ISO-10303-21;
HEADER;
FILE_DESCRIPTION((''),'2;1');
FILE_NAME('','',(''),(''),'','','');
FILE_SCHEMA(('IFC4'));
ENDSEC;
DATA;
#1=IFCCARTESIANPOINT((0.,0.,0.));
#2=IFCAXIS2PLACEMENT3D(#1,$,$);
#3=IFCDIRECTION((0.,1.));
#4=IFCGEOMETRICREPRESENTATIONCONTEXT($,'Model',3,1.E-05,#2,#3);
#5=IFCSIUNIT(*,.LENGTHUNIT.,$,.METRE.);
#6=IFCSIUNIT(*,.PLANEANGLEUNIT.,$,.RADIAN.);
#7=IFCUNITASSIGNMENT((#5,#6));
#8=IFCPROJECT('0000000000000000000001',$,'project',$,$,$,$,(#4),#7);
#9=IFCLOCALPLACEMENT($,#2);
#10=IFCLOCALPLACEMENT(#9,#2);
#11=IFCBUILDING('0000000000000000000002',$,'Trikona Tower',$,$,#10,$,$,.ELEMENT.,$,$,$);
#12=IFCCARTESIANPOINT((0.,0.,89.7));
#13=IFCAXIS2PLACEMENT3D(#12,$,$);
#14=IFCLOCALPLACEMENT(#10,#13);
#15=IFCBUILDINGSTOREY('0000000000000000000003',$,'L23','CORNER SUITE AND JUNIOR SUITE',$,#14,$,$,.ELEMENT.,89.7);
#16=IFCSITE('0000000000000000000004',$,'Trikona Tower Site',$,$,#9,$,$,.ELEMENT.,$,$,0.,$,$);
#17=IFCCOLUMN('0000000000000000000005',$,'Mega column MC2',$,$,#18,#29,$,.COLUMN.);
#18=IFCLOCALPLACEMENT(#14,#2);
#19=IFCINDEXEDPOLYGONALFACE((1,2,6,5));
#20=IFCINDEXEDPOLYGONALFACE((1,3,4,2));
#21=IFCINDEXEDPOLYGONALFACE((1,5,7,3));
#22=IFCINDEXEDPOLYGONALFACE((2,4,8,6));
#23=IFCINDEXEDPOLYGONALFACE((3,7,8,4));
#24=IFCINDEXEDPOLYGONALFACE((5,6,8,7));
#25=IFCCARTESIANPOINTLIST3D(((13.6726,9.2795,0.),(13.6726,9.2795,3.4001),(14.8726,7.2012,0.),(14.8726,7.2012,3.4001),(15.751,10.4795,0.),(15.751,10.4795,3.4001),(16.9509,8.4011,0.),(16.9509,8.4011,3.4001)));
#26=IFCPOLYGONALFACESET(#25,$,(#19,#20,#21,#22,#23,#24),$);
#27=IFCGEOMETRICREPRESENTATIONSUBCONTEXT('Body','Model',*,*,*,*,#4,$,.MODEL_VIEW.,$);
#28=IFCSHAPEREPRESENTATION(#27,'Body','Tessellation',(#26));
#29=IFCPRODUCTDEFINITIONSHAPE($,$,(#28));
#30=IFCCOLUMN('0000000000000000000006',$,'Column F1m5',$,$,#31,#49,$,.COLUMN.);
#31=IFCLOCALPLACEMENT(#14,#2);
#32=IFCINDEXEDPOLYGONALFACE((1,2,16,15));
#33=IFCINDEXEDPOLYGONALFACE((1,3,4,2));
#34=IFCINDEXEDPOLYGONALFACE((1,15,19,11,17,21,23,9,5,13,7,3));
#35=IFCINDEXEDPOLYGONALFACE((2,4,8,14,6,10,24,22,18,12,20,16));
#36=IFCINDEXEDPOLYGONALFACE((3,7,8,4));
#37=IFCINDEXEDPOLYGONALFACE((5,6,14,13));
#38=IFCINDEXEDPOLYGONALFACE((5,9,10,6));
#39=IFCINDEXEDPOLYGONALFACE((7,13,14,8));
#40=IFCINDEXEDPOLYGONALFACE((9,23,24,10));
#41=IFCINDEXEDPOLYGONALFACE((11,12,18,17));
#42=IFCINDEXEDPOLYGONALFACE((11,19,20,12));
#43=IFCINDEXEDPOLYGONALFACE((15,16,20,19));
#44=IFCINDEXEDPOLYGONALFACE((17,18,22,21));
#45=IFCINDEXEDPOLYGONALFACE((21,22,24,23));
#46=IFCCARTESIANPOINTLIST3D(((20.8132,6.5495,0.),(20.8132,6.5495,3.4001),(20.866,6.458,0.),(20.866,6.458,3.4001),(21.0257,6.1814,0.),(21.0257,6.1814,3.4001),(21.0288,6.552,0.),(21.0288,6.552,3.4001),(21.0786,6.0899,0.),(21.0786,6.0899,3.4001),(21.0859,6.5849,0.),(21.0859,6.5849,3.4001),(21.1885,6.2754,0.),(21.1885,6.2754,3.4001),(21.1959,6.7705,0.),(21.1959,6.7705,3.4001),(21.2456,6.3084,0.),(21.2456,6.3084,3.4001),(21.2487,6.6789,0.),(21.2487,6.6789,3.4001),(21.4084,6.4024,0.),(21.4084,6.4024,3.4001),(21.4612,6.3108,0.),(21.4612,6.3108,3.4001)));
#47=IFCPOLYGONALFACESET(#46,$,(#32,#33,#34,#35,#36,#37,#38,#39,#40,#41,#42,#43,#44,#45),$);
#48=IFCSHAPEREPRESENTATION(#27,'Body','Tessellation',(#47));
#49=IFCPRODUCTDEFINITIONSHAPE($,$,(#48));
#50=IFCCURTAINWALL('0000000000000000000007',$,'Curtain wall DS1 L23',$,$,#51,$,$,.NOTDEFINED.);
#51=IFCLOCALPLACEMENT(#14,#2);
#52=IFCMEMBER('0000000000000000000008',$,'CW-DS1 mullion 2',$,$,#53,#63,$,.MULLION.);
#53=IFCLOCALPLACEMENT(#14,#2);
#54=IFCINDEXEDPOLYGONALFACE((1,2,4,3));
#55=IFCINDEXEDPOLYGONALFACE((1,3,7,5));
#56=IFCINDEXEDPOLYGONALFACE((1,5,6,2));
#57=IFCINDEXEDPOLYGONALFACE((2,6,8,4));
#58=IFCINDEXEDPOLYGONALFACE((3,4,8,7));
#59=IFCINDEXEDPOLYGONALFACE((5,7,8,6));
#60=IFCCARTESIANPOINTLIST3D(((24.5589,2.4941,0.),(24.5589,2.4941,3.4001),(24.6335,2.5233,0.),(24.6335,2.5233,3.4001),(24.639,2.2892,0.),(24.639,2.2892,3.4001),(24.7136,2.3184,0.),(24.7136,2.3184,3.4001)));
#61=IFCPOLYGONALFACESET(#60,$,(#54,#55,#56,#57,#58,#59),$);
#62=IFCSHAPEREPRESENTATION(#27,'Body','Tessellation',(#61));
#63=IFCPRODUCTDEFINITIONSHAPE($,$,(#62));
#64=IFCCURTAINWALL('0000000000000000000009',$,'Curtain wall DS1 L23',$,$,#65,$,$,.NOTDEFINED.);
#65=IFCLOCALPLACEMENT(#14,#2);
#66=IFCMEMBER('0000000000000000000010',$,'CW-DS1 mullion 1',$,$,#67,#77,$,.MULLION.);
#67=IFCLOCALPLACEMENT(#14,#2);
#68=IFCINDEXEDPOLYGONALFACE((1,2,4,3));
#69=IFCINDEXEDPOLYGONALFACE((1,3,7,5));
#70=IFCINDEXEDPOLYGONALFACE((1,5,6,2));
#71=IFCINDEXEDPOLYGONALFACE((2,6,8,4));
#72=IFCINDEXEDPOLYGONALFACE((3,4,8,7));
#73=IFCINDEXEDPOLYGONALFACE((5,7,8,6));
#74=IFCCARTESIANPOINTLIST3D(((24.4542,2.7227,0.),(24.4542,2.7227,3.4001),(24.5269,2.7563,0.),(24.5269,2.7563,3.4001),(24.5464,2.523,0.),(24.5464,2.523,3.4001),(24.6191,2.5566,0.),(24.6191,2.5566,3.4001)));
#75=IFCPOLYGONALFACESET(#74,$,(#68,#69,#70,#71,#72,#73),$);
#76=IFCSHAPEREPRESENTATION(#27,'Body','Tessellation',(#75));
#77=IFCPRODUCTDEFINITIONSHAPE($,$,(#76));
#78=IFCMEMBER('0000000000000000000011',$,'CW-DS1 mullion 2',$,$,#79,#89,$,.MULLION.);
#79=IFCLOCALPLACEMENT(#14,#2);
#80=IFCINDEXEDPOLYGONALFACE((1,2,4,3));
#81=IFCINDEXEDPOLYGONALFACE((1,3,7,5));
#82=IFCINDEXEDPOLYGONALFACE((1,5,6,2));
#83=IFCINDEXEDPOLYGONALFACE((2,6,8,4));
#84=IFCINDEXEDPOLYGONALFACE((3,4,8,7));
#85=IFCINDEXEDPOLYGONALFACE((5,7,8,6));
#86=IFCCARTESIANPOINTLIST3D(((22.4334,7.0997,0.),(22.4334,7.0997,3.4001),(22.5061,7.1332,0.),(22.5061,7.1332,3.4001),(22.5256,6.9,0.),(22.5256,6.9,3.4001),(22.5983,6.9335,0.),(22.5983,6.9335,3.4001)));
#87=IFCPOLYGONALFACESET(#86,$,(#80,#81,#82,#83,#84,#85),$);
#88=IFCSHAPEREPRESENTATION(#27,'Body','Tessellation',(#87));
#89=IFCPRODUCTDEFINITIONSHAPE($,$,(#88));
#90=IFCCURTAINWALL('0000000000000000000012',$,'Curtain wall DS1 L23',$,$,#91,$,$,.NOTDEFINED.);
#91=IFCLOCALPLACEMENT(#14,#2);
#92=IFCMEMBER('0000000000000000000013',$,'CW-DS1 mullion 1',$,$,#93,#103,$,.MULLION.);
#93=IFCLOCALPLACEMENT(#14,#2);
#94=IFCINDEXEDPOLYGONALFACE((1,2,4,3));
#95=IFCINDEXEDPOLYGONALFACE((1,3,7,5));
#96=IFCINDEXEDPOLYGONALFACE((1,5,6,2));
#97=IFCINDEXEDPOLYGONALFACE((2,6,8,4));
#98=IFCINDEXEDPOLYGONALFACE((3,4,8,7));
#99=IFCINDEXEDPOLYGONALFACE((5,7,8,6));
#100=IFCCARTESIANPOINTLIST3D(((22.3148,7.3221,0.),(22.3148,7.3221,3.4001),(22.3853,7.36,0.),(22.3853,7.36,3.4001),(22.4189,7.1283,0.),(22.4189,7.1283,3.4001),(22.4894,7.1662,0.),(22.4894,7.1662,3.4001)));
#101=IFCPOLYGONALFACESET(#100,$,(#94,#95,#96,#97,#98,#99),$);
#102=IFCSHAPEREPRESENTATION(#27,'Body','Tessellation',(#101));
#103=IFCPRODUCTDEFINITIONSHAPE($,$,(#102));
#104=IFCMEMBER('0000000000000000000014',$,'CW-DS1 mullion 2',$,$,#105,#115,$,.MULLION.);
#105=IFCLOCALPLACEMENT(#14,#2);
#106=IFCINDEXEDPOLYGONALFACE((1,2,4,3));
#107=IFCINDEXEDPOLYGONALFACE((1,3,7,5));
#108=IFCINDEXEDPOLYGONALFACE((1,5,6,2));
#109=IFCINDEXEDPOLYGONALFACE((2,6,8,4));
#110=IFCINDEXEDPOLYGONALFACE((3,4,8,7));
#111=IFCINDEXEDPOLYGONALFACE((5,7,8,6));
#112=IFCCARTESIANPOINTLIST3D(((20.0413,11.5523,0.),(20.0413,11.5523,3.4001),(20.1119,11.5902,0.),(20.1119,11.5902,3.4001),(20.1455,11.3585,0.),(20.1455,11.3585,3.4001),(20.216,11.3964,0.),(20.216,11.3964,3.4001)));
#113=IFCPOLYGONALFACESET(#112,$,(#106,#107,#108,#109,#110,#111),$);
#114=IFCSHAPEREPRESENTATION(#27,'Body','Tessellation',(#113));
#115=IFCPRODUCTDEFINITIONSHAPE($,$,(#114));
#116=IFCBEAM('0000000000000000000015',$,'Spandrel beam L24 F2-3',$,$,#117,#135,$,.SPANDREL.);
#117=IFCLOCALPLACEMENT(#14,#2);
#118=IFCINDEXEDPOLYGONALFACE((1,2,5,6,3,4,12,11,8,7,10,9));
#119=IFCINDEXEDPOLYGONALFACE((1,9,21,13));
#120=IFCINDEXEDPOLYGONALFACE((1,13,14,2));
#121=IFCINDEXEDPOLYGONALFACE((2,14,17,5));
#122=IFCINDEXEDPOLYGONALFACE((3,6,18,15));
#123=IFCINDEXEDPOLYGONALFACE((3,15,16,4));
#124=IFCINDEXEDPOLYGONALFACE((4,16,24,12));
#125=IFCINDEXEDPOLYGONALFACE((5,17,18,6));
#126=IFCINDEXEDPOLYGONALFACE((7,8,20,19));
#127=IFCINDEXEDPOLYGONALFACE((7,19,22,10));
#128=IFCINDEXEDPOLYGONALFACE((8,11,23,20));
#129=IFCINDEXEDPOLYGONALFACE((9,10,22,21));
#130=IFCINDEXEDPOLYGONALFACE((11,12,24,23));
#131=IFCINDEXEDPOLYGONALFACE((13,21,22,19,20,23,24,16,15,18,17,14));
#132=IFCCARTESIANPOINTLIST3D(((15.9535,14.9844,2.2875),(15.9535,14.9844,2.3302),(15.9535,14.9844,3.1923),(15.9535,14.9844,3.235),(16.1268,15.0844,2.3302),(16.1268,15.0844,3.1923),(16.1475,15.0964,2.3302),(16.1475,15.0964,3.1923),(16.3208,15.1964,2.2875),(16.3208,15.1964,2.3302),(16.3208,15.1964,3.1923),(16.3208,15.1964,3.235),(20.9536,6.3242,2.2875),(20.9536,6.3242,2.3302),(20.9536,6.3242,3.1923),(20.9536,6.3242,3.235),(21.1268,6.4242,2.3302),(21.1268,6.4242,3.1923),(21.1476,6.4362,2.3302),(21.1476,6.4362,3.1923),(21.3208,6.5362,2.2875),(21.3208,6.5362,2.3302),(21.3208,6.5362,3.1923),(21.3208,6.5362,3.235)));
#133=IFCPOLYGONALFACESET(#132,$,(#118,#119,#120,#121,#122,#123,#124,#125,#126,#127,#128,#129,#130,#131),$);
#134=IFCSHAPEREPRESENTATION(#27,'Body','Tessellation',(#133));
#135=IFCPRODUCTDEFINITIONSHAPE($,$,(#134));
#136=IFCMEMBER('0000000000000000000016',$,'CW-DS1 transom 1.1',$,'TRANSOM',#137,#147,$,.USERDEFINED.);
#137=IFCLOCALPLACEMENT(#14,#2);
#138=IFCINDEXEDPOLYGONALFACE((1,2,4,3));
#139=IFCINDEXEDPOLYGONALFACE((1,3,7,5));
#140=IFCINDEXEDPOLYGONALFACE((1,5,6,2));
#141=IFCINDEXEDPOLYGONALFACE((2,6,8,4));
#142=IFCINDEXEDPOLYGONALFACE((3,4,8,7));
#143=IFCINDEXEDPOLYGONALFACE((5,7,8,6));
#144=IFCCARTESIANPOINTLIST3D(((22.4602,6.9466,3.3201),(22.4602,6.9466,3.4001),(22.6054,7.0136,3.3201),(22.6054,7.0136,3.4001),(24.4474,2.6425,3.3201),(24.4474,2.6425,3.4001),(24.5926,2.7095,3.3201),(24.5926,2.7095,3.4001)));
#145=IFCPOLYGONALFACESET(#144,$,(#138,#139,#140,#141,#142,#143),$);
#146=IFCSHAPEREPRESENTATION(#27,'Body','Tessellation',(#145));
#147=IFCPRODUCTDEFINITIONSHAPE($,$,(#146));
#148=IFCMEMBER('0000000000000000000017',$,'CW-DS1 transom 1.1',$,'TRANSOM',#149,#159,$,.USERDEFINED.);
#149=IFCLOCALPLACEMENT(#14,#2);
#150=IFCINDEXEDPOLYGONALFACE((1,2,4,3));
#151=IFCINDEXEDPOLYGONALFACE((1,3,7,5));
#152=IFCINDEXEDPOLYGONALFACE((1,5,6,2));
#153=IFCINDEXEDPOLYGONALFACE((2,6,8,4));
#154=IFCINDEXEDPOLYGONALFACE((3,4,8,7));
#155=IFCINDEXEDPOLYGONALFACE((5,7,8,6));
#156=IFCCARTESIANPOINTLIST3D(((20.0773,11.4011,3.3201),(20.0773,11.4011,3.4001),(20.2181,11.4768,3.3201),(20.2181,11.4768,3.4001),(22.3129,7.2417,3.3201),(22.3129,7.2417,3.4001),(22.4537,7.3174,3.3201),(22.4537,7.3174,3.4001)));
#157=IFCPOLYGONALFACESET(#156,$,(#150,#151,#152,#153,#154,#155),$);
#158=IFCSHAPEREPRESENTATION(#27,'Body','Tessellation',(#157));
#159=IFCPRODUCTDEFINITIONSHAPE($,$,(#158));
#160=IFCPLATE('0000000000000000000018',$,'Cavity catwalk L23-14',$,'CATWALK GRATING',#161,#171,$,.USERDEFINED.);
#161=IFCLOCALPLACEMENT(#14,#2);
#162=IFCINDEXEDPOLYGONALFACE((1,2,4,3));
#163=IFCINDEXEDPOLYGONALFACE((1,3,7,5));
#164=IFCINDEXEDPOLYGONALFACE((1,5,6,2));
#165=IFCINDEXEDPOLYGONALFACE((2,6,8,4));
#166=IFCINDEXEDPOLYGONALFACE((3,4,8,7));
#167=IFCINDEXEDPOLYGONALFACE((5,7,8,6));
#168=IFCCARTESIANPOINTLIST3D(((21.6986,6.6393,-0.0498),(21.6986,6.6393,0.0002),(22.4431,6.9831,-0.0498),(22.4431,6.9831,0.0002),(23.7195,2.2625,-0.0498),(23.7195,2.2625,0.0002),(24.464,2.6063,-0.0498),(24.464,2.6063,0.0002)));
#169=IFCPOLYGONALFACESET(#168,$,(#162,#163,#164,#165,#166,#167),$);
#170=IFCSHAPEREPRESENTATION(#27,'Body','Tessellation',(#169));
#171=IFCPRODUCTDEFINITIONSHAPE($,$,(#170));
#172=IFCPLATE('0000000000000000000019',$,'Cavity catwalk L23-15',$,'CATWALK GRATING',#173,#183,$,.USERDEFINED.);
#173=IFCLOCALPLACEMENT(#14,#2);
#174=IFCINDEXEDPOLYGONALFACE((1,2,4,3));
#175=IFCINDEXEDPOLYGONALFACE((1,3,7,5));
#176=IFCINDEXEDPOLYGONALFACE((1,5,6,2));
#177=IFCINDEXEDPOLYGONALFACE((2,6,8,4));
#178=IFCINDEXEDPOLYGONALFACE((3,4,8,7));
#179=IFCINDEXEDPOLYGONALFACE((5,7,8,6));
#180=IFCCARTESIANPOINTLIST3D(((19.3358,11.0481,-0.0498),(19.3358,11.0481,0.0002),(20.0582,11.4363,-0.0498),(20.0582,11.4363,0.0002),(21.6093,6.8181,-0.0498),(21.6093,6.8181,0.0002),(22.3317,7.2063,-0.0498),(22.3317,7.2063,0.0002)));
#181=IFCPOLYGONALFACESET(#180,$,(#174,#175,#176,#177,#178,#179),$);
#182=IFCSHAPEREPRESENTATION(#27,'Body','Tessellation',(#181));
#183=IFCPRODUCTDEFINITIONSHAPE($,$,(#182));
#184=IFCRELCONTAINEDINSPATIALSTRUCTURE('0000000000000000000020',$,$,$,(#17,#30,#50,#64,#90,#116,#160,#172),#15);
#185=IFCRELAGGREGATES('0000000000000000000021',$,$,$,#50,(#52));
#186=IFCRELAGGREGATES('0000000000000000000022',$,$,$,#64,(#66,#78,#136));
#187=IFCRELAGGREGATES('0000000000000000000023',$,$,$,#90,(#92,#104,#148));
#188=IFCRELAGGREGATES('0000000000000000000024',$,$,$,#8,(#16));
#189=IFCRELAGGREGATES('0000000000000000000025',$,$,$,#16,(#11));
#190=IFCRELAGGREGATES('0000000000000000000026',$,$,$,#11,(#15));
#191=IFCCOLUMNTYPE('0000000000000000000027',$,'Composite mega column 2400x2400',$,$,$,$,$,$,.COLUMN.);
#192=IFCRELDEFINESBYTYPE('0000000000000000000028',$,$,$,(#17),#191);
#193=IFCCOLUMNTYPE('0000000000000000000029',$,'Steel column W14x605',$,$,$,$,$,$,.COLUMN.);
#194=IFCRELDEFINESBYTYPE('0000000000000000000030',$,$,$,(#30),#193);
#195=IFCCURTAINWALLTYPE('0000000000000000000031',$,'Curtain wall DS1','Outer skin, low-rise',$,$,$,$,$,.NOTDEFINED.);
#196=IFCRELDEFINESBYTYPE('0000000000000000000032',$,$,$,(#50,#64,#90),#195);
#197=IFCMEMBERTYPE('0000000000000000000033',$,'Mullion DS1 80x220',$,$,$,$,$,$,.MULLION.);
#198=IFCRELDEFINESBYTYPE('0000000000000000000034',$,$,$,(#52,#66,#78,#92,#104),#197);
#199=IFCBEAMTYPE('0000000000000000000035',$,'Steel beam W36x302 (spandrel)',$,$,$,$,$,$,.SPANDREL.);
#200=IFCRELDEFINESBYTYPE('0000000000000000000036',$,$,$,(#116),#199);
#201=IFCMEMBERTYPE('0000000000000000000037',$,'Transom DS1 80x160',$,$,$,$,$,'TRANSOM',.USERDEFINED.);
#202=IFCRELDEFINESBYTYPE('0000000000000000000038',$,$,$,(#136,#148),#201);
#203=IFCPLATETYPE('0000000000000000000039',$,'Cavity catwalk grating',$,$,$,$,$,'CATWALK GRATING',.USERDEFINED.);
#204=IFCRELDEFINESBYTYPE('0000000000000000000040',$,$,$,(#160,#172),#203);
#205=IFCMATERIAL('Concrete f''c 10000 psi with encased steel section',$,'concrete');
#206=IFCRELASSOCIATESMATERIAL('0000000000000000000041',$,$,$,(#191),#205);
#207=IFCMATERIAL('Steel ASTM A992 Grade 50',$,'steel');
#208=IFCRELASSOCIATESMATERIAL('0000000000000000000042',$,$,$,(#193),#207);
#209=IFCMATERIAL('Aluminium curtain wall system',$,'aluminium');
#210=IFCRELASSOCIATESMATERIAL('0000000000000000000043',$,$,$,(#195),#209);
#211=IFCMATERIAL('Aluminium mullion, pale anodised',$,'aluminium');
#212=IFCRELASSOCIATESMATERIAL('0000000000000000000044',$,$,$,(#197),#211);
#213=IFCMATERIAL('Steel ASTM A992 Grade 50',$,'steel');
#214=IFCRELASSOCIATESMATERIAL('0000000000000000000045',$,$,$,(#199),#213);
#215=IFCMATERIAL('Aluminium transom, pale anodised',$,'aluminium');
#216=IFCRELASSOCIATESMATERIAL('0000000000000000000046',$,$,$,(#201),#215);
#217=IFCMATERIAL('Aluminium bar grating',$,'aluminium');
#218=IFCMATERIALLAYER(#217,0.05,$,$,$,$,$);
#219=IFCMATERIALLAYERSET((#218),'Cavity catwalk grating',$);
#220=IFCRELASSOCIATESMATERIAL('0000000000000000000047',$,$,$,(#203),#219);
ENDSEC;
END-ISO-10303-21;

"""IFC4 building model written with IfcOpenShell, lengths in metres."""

from ifc_helpers import new_model, si_unit, direction, frame, origin, origin_2d, place, context, subcontext, project, spatial, rectangle, i_section, extrude, material, layer, layer_set, material_profile, profile_set, type_object, element, aggregate, save


model = new_model("IFC4")

# Units and contexts
model_context = context("Model", 3, precision=1e-05, world=origin(), true_north=direction((0.0, 1.0)))
body_context = subcontext(model_context, "Body", "Model", "MODEL_VIEW")
ifc_project = project(units=[si_unit("LENGTHUNIT", "METRE"), si_unit("PLANEANGLEUNIT", "RADIAN")], contexts=[model_context])

# Site, building, storey
site_placement = place(None, origin())
site = spatial("IfcSite", under=ifc_project, at=site_placement, Name="Trikona Tower Site", CompositionType="ELEMENT", RefElevation=0.0)
building_placement = place(site_placement, origin())
building = spatial("IfcBuilding", under=site, at=building_placement, Name="Trikona Tower", CompositionType="ELEMENT")
storey_placement = place(building_placement, frame((0.0, 0.0, 89.7)))
storey = spatial("IfcBuildingStorey", under=building, at=storey_placement, Name="L23", Description="CORNER SUITE AND JUNIOR SUITE", CompositionType="ELEMENT", Elevation=89.7)

# Columns
ifc_material_1 = material(Name="Concrete f'c 10000 psi with encased steel section", Category="concrete")
ifc_material_profile_1 = material_profile(ifc_material_1, rectangle(XDim=2.3999, YDim=2.3999, at=origin_2d()), Name="MC2400")
ifc_profile_set_1 = profile_set([ifc_material_profile_1], Name="Concrete f'c 10000 psi with encased steel section")
column_type_1 = type_object("IfcColumnType", Name="Composite mega column 2400x2400", PredefinedType="COLUMN", material=ifc_profile_set_1)
column_1_placement = place(storey_placement, frame((15.3118, 8.8403, 0.0), z_axis=(0.0, 0.0, 1.0), x_axis=(0.866025, 0.5, 0.0)))
element("IfcColumn", 1, at=column_1_placement, inside=storey, type_object=column_type_1, Name="Mega column MC2", PredefinedType="COLUMN", context=body_context, shape_type="SweptSolid", body=[
    extrude(rectangle(XDim=2.3999, YDim=2.3999, at=origin_2d()), origin(), (0.0, 0.0, 1.0), 3.4001),
])
ifc_material_2 = material(Name="Steel ASTM A992 Grade 50", Category="steel")
ifc_material_profile_2 = material_profile(ifc_material_2, i_section(OverallWidth=0.4419, OverallDepth=0.5308, WebThickness=0.0659, FlangeThickness=0.1057, at=origin_2d()), Name="W14X605")
ifc_profile_set_2 = profile_set([ifc_material_profile_2], Name="Steel ASTM A992 Grade 50")
column_type_2 = type_object("IfcColumnType", Name="Steel column W14x605", PredefinedType="COLUMN", material=ifc_profile_set_2)
column_2_placement = place(storey_placement, frame((21.1372, 6.4302, 0.0), z_axis=(0.0, 0.0, 1.0), x_axis=(0.866025, 0.5, 0.0)))
element("IfcColumn", 2, at=column_2_placement, inside=storey, type_object=column_type_2, Name="Column F1m5", PredefinedType="COLUMN", context=body_context, shape_type="SweptSolid", body=[
    extrude(i_section(OverallWidth=0.4419, OverallDepth=0.5308, WebThickness=0.0659, FlangeThickness=0.1057, at=origin_2d()), origin(), (0.0, 0.0, 1.0), 3.4001),
])

# Curtain wall, member
ifc_material_3 = material(Name="Aluminium curtain wall system", Category="aluminium")
curtain_wall_type = type_object("IfcCurtainWallType", Name="Curtain wall DS1", Description="Outer skin, low-rise", PredefinedType="NOTDEFINED", material=ifc_material_3)
curtain_wall_1_placement = place(storey_placement, origin())
curtain_wall_1 = element("IfcCurtainWall", 3, at=curtain_wall_1_placement, inside=storey, type_object=curtain_wall_type, Name="Curtain wall DS1 L23", PredefinedType="NOTDEFINED")
ifc_material_4 = material(Name="Aluminium mullion, pale anodised", Category="aluminium")
ifc_material_profile_3 = material_profile(ifc_material_4, rectangle(XDim=0.0801, YDim=0.22, at=origin_2d()), Name="MUL-DS1")
ifc_profile_set_3 = profile_set([ifc_material_profile_3], Name="Aluminium mullion, pale anodised")
member_type_1 = type_object("IfcMemberType", Name="Mullion DS1 80x220", PredefinedType="MULLION", material=ifc_profile_set_3)
member_1_placement = place(storey_placement, frame((24.6362, 2.4062, 0.0), z_axis=(0.0, 0.0, 1.0), x_axis=(-0.931396, -0.364008, 0.0)))
member_1 = element("IfcMember", 4, at=member_1_placement, type_object=member_type_1, Name="CW-DS1 mullion 2", PredefinedType="MULLION", context=body_context, shape_type="SweptSolid", body=[
    extrude(rectangle(XDim=0.0801, YDim=0.22, at=origin_2d()), origin(), (0.0, 0.0, 1.0), 3.4001),
])

# Curtain walls, members
curtain_wall_2_placement = place(storey_placement, origin())
curtain_wall_2 = element("IfcCurtainWall", 5, at=curtain_wall_2_placement, inside=storey, type_object=curtain_wall_type, Name="Curtain wall DS1 L23", PredefinedType="NOTDEFINED")
member_2_placement = place(storey_placement, frame((24.5366, 2.6396, 0.0), z_axis=(0.0, 0.0, 1.0), x_axis=(-0.907898, -0.41919, 0.0)))
member_2 = element("IfcMember", 6, at=member_2_placement, type_object=member_type_1, Name="CW-DS1 mullion 1", PredefinedType="MULLION", context=body_context, shape_type="SweptSolid", body=[
    extrude(rectangle(XDim=0.0801, YDim=0.22, at=origin_2d()), origin(), (0.0, 0.0, 1.0), 3.4001),
])
member_3_placement = place(storey_placement, frame((22.5159, 7.0166, 0.0), z_axis=(0.0, 0.0, 1.0), x_axis=(-0.907898, -0.41919, 0.0)))
member_3 = element("IfcMember", 7, at=member_3_placement, type_object=member_type_1, Name="CW-DS1 mullion 2", PredefinedType="MULLION", context=body_context, shape_type="SweptSolid", body=[
    extrude(rectangle(XDim=0.0801, YDim=0.22, at=origin_2d()), origin(), (0.0, 0.0, 1.0), 3.4001),
])
curtain_wall_3_placement = place(storey_placement, origin())
curtain_wall_3 = element("IfcCurtainWall", 8, at=curtain_wall_3_placement, inside=storey, type_object=curtain_wall_type, Name="Curtain wall DS1 L23", PredefinedType="NOTDEFINED")
member_4_placement = place(storey_placement, frame((22.4021, 7.2441, 0.0), z_axis=(0.0, 0.0, 1.0), x_axis=(-0.880843, -0.473408, 0.0)))
member_4 = element("IfcMember", 9, at=member_4_placement, type_object=member_type_1, Name="CW-DS1 mullion 1", PredefinedType="MULLION", context=body_context, shape_type="SweptSolid", body=[
    extrude(rectangle(XDim=0.0801, YDim=0.22, at=origin_2d()), origin(), (0.0, 0.0, 1.0), 3.4001),
])
member_5_placement = place(storey_placement, frame((20.1287, 11.4744, 0.0), z_axis=(0.0, 0.0, 1.0), x_axis=(-0.880843, -0.473408, 0.0)))
member_5 = element("IfcMember", 10, at=member_5_placement, type_object=member_type_1, Name="CW-DS1 mullion 2", PredefinedType="MULLION", context=body_context, shape_type="SweptSolid", body=[
    extrude(rectangle(XDim=0.0801, YDim=0.22, at=origin_2d()), origin(), (0.0, 0.0, 1.0), 3.4001),
])

# Beam
ifc_material_5 = material(Name="Steel ASTM A992 Grade 50", Category="steel")
ifc_material_profile_4 = material_profile(ifc_material_5, i_section(OverallWidth=0.4241, OverallDepth=0.9475, WebThickness=0.0239, FlangeThickness=0.0427, at=origin_2d()), Name="W36X302")
ifc_profile_set_4 = profile_set([ifc_material_profile_4], Name="Steel ASTM A992 Grade 50")
beam_type = type_object("IfcBeamType", Name="Steel beam W36x302 (spandrel)", PredefinedType="SPANDREL", material=ifc_profile_set_4)
beam_placement = place(storey_placement, frame((21.1372, 6.4302, 2.7612), z_axis=(-0.500004, 0.866023, 0.0), x_axis=(-0.866023, -0.500004, 0.0)))
element("IfcBeam", 11, at=beam_placement, inside=storey, type_object=beam_type, Name="Spandrel beam L24 F2-3", PredefinedType="SPANDREL", context=body_context, shape_type="SweptSolid", body=[
    extrude(i_section(OverallWidth=0.4241, OverallDepth=0.9475, WebThickness=0.0239, FlangeThickness=0.0427, at=origin_2d()), origin(), (0.0, 0.0, 1.0), 10.0),
])

# Members
ifc_material_6 = material(Name="Aluminium transom, pale anodised", Category="aluminium")
ifc_material_profile_5 = material_profile(ifc_material_6, rectangle(XDim=0.1599, YDim=0.0801, at=origin_2d()), Name="TRN-DS1")
ifc_profile_set_5 = profile_set([ifc_material_profile_5], Name="Aluminium transom, pale anodised")
member_type_2 = type_object("IfcMemberType", Name="Transom DS1 80x160", ElementType="TRANSOM", PredefinedType="USERDEFINED", material=ifc_profile_set_5)
member_6_placement = place(storey_placement, frame((24.52, 2.676, 3.3601), z_axis=(-0.419189, 0.907899, 0.0), x_axis=(-0.907899, -0.419189, 0.0)))
member_6 = element("IfcMember", 12, at=member_6_placement, type_object=member_type_2, Name="CW-DS1 transom 1.1", ObjectType="TRANSOM", PredefinedType="USERDEFINED", context=body_context, shape_type="SweptSolid", body=[
    extrude(rectangle(XDim=0.1599, YDim=0.0801, at=origin_2d()), origin(), (0.0, 0.0, 1.0), 4.7407),
])
member_7_placement = place(storey_placement, frame((22.3833, 7.2795, 3.3601), z_axis=(-0.473428, 0.880833, 0.0), x_axis=(-0.880833, -0.473428, 0.0)))
member_7 = element("IfcMember", 13, at=member_7_placement, type_object=member_type_2, Name="CW-DS1 transom 1.1", ObjectType="TRANSOM", PredefinedType="USERDEFINED", context=body_context, shape_type="SweptSolid", body=[
    extrude(rectangle(XDim=0.1599, YDim=0.0801, at=origin_2d()), origin(), (0.0, 0.0, 1.0), 4.7222),
])

# Plates
ifc_material_7 = material(Name="Aluminium bar grating", Category="aluminium")
ifc_layer_1 = layer(ifc_material_7, 0.05)
ifc_layer_set_1 = layer_set([ifc_layer_1], Name="Cavity catwalk grating")
plate_type_1 = type_object("IfcPlateType", Name="Cavity catwalk grating", ElementType="CATWALK GRATING", PredefinedType="USERDEFINED", material=ifc_layer_set_1)
plate_1_placement = place(storey_placement, frame((23.0813, 4.6228, -0.0498), z_axis=(0.0, 0.0, 1.0), x_axis=(-0.419194, 0.907897, 0.0)))
element("IfcPlate", 14, at=plate_1_placement, inside=storey, type_object=plate_type_1, Name="Cavity catwalk L23-14", ObjectType="CATWALK GRATING", PredefinedType="USERDEFINED", context=body_context, shape_type="SweptSolid", body=[
    extrude(rectangle(XDim=4.8208, YDim=0.8201, at=origin_2d()), origin(), (0.0, 0.0, 1.0), 0.05),
])
plate_2_placement = place(storey_placement, frame((20.8337, 9.1272, -0.0498), z_axis=(0.0, 0.0, 1.0), x_axis=(-0.473423, 0.880835, 0.0)))
element("IfcPlate", 15, at=plate_2_placement, inside=storey, type_object=plate_type_1, Name="Cavity catwalk L23-15", ObjectType="CATWALK GRATING", PredefinedType="USERDEFINED", context=body_context, shape_type="SweptSolid", body=[
    extrude(rectangle(XDim=4.8022, YDim=0.8201, at=origin_2d()), origin(), (0.0, 0.0, 1.0), 0.05),
])

aggregate(curtain_wall_1, [member_1])
aggregate(curtain_wall_2, [member_2, member_3, member_6])
aggregate(curtain_wall_3, [member_4, member_5, member_7])

save(model, "model.ifc")
